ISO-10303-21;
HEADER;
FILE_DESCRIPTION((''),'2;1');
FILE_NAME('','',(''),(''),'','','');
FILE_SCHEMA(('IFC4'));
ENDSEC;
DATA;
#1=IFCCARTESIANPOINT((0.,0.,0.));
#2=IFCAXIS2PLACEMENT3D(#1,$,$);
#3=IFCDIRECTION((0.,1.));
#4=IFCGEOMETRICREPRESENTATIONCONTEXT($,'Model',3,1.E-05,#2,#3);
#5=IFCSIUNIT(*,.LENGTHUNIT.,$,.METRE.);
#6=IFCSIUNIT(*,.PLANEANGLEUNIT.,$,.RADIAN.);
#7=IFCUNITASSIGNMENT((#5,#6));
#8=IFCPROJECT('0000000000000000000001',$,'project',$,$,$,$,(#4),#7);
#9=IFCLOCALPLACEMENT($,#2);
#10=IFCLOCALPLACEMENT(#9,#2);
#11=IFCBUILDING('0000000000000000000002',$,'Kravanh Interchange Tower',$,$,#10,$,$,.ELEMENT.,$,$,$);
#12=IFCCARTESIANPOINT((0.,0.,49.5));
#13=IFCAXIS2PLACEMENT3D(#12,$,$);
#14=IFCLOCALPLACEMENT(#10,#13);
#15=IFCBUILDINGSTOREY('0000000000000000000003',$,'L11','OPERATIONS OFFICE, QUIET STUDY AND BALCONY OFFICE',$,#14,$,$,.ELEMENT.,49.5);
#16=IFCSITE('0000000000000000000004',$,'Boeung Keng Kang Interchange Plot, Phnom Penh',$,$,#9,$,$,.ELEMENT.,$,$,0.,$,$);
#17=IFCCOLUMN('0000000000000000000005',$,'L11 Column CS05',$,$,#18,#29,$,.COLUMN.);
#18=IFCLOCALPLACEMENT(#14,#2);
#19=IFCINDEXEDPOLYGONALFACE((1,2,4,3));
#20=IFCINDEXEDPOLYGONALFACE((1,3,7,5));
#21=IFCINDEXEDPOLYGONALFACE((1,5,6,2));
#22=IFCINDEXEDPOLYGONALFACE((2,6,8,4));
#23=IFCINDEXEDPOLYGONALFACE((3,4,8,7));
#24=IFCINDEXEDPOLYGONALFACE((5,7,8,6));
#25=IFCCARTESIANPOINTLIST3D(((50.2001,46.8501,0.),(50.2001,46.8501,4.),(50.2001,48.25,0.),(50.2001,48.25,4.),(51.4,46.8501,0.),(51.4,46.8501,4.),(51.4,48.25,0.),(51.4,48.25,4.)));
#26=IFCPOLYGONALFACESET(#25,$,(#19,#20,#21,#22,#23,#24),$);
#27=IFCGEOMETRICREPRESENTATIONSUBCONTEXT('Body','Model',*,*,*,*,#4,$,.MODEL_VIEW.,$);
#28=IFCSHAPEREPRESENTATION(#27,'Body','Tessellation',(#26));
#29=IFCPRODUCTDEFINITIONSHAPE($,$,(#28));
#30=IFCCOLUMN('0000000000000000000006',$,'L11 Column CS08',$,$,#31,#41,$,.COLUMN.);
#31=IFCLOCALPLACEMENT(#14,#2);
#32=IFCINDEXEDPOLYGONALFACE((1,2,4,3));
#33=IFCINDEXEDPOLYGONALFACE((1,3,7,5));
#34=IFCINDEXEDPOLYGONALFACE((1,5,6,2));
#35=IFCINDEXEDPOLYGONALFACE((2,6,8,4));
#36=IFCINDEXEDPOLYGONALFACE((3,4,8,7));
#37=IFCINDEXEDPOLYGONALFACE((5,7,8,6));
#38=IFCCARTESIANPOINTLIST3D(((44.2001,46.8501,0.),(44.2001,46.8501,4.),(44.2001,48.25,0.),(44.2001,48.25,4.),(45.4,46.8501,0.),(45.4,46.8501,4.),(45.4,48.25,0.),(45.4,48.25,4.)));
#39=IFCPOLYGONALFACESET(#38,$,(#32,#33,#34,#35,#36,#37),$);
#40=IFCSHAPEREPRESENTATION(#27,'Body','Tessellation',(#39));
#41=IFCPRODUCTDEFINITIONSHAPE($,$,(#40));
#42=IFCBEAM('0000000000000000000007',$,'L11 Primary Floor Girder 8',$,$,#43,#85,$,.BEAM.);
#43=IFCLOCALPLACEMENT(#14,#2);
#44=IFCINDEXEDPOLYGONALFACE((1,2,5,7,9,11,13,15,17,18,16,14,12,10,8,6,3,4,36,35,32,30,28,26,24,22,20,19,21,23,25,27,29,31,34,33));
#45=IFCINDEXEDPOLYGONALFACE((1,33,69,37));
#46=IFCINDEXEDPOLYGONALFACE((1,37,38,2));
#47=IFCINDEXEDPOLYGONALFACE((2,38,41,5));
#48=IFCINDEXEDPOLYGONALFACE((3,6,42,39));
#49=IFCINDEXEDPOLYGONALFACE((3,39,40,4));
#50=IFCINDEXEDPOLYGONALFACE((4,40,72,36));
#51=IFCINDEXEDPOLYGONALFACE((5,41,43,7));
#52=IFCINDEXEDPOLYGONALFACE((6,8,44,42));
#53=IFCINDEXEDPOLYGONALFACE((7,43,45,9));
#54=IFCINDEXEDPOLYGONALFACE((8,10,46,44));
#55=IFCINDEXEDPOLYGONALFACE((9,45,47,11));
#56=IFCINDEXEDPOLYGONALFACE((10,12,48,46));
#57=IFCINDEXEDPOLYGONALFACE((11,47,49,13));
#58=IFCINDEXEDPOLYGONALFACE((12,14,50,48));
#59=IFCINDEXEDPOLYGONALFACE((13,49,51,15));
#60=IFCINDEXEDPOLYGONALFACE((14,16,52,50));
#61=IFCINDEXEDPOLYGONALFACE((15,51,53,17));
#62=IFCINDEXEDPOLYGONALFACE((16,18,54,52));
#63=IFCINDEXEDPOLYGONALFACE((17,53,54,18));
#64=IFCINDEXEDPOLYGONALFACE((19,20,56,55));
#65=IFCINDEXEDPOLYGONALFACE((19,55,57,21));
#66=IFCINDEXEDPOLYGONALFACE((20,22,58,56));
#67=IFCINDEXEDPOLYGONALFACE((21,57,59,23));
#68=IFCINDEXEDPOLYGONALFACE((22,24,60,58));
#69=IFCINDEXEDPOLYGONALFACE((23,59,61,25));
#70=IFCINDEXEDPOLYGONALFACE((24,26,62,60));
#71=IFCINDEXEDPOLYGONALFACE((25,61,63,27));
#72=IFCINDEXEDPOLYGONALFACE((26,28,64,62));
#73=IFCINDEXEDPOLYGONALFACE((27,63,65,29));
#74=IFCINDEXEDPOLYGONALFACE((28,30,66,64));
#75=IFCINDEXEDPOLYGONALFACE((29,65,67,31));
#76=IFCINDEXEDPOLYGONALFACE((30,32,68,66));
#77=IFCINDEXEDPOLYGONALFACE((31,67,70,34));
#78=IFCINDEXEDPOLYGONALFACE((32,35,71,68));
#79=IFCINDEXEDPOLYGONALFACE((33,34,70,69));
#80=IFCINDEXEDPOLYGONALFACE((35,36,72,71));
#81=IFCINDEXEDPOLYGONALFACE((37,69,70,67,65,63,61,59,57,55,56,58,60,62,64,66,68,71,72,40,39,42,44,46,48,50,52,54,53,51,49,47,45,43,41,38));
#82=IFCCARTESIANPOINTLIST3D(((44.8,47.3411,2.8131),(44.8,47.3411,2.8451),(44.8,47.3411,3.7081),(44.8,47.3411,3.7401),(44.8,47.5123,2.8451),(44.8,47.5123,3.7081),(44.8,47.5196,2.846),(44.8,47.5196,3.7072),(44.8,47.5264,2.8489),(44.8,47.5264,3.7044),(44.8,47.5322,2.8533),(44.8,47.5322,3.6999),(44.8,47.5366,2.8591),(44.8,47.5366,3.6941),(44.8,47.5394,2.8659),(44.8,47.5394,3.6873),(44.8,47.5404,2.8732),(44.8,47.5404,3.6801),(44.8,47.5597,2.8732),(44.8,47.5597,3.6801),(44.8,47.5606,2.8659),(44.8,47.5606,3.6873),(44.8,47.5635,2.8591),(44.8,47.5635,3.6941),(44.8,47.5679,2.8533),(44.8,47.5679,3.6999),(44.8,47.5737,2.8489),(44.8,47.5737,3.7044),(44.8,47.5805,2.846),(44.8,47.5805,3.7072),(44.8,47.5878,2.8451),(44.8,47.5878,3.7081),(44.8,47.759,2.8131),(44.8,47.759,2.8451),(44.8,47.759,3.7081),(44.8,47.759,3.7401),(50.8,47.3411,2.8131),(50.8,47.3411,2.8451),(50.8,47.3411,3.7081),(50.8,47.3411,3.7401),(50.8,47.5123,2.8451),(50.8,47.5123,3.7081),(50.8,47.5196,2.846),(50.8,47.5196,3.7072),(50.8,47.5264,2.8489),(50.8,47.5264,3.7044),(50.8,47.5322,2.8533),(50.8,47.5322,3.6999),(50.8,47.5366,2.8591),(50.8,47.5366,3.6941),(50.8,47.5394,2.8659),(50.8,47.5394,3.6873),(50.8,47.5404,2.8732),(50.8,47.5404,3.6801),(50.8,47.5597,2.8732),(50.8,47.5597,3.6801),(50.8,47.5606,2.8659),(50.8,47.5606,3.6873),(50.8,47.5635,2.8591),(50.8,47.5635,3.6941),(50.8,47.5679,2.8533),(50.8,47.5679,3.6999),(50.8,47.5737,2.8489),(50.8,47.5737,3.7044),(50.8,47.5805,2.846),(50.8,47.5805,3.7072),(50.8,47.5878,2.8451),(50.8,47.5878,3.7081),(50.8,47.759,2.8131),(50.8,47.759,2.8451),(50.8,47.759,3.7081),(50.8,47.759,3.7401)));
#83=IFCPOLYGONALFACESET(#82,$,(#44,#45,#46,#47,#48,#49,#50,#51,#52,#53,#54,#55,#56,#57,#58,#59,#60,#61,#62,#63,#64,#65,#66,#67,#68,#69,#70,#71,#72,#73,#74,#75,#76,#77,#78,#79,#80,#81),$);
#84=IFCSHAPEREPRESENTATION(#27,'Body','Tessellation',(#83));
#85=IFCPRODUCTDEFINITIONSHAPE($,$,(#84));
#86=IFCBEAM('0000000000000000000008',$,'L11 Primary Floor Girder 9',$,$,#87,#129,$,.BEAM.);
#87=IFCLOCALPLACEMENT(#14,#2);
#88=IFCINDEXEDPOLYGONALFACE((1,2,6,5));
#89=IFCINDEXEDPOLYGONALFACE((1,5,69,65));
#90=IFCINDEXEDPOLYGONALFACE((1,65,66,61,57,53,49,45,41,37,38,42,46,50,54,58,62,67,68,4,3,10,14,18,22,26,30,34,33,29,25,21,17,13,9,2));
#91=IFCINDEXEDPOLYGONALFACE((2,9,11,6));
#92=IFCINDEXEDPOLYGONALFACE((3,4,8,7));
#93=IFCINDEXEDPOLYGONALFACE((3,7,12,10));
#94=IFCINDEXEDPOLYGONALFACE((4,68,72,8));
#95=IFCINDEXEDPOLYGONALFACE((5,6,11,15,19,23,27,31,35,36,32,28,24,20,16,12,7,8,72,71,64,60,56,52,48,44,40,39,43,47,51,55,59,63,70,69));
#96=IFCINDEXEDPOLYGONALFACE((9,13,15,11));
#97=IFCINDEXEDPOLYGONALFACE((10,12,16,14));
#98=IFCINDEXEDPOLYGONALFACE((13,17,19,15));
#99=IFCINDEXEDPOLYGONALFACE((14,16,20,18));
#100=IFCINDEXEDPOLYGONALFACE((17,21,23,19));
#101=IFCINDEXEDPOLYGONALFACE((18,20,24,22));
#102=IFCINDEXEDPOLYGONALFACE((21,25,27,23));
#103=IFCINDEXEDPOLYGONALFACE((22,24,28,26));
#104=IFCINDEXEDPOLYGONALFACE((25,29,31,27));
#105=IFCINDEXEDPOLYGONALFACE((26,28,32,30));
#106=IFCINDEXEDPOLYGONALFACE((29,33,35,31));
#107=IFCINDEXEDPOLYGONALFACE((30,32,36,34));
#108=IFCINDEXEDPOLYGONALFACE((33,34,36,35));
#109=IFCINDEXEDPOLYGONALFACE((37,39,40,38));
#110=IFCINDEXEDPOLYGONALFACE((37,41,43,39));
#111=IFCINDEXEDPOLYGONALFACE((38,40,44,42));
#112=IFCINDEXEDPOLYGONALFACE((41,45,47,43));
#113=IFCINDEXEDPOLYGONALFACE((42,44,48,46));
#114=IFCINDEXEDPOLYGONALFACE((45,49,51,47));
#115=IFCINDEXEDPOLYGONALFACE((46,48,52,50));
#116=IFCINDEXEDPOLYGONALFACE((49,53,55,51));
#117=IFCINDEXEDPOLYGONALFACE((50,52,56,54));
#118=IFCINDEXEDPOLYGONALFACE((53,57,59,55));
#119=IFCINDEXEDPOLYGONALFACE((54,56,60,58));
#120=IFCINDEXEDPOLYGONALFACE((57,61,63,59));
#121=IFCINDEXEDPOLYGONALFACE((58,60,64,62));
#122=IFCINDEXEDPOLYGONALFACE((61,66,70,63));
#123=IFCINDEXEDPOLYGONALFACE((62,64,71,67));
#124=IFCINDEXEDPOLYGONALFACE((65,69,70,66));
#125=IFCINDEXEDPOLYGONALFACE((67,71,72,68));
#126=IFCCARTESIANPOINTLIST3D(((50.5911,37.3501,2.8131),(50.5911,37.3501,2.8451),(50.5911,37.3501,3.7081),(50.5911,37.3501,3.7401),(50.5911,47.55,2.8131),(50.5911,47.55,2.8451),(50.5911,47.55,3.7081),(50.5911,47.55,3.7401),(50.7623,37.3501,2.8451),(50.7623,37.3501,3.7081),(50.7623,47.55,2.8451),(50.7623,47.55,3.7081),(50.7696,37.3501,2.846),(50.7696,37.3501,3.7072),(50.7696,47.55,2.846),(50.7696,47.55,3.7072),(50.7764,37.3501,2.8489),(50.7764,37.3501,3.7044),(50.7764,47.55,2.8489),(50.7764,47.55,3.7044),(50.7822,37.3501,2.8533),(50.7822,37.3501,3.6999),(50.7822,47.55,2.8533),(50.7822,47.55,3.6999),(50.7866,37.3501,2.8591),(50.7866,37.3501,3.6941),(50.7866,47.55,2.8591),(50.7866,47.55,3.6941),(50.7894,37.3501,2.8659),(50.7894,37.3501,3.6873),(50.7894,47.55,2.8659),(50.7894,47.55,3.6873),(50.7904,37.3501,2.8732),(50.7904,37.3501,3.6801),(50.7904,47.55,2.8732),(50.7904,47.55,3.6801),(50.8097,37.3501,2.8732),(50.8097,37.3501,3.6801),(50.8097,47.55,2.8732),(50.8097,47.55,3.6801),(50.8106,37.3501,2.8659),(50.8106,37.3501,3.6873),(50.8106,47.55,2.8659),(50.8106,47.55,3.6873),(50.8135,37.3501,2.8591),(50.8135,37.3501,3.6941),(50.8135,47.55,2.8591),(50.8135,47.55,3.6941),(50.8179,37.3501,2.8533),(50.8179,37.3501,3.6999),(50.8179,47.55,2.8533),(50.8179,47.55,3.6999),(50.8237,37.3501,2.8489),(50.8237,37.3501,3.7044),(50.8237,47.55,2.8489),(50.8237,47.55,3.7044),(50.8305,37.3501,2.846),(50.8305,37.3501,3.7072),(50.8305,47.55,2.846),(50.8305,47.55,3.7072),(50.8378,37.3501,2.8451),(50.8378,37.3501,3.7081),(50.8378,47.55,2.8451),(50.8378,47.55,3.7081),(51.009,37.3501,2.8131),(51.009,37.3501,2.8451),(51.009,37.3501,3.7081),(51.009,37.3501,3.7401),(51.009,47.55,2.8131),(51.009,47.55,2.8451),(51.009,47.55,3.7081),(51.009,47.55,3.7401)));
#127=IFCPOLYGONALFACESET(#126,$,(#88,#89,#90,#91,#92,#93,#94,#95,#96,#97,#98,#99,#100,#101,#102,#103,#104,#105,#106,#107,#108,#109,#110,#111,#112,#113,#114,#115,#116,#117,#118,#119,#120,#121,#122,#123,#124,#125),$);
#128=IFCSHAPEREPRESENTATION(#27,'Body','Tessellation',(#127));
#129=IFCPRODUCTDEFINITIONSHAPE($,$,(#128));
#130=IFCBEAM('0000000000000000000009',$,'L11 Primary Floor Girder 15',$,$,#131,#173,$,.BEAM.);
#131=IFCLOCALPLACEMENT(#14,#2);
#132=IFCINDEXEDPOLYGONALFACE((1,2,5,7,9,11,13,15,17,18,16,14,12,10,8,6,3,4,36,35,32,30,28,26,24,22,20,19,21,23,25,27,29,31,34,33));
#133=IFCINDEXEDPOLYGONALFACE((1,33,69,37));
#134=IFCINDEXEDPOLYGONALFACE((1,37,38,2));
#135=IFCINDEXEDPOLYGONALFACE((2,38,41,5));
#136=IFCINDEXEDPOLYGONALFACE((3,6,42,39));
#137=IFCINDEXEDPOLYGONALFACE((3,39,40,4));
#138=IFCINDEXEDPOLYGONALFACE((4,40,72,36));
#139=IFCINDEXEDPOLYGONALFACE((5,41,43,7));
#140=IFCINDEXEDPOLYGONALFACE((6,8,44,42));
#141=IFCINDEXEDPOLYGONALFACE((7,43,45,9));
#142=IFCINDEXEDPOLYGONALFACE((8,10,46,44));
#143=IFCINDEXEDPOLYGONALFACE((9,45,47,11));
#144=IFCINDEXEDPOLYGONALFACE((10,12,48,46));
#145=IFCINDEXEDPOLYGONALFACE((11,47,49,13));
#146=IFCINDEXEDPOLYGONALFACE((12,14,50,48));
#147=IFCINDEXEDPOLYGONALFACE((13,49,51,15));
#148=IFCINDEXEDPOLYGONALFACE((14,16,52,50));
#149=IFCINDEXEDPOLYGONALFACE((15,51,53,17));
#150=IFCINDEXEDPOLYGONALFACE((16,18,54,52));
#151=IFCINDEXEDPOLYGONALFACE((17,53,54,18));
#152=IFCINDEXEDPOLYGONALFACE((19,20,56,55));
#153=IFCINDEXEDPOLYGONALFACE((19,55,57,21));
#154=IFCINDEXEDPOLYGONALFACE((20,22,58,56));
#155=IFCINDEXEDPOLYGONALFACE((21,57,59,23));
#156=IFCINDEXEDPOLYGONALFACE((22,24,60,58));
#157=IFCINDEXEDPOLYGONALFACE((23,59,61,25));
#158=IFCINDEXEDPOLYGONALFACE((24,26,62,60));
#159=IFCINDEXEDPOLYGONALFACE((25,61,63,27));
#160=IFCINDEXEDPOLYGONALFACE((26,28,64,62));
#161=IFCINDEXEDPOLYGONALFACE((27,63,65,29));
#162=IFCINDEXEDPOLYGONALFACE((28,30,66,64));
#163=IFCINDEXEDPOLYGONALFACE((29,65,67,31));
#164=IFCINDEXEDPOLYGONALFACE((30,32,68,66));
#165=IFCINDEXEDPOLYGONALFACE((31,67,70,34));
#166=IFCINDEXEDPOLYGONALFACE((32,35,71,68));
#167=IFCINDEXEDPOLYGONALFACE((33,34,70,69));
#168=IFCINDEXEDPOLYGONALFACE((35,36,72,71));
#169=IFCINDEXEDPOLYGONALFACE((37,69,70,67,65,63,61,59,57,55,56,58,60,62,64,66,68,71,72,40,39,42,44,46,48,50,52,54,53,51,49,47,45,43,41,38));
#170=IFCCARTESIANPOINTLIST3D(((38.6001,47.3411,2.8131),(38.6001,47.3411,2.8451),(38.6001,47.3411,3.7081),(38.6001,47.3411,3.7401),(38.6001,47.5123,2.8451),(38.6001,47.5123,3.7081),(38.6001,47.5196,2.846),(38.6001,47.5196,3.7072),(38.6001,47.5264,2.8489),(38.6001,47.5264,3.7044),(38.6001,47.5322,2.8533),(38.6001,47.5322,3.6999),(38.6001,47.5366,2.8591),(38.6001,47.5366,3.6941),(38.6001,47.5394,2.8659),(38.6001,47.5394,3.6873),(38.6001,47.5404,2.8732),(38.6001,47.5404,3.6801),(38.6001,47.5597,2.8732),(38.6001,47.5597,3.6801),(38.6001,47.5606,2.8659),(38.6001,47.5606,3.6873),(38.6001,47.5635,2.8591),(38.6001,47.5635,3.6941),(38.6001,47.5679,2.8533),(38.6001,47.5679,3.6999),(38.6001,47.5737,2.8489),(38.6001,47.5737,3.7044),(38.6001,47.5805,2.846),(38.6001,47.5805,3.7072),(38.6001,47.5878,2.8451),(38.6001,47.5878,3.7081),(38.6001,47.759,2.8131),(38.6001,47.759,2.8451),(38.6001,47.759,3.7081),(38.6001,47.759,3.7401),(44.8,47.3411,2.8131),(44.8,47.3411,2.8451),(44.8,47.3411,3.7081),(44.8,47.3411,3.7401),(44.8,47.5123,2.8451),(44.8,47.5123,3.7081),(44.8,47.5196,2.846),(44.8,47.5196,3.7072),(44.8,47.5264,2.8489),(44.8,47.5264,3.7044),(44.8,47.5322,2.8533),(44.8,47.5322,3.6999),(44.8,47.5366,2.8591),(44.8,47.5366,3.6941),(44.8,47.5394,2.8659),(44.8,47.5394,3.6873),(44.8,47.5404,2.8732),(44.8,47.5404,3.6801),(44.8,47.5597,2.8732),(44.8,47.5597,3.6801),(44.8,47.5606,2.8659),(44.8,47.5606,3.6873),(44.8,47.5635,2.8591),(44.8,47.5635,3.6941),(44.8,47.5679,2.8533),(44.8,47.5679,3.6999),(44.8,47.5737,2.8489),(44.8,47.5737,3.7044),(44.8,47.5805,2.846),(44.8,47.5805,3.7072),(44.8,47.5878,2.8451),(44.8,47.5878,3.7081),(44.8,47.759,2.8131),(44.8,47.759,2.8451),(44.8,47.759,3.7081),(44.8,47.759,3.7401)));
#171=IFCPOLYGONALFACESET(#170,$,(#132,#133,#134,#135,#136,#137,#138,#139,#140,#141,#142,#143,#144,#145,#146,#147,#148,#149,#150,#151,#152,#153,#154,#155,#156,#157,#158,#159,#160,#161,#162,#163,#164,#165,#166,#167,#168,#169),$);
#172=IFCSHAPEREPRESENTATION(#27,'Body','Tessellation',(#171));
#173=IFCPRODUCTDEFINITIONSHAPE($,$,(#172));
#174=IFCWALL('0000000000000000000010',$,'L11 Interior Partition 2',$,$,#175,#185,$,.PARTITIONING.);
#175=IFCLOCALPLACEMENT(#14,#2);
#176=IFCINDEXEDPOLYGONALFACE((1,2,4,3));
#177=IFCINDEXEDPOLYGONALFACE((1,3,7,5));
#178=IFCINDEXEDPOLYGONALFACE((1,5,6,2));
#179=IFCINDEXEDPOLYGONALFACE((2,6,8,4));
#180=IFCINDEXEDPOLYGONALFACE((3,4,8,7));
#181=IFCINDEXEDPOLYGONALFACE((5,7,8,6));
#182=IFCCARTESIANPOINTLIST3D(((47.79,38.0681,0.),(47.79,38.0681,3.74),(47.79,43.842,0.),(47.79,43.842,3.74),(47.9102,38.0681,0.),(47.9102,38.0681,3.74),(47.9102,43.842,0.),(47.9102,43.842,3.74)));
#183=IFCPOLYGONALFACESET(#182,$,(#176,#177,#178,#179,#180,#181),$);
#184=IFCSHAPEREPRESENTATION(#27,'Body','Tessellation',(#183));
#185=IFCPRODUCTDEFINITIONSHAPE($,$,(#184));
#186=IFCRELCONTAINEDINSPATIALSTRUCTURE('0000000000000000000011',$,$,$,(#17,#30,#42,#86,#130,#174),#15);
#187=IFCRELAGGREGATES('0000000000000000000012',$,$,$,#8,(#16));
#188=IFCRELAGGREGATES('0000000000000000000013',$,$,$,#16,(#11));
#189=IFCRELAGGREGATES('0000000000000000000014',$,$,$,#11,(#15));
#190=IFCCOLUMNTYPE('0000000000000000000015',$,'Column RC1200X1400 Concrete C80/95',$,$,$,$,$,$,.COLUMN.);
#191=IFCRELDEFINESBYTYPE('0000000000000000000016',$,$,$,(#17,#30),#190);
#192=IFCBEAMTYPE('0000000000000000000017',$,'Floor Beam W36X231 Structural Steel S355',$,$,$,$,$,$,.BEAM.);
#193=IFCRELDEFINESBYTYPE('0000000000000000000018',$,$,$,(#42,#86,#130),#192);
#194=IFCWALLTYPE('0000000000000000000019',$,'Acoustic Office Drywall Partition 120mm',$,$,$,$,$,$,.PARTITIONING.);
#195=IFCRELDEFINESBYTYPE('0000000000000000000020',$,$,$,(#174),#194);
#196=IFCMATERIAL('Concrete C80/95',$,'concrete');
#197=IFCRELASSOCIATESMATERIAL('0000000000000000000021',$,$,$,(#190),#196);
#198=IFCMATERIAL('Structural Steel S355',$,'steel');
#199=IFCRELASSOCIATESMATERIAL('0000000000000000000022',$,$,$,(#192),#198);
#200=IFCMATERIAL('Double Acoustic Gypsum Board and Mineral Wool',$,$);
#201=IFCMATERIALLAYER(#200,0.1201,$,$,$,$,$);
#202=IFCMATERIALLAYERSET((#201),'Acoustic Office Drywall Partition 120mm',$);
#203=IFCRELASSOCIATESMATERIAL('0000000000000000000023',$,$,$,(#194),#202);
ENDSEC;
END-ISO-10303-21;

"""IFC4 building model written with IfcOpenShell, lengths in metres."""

from ifc_helpers import new_model, si_unit, direction, frame, frame_2d, origin, origin_2d, place, context, subcontext, project, spatial, rectangle, i_section, extrude, material, layer, layer_set, material_profile, profile_set, type_object, element, save


model = new_model("IFC4")

# Units and contexts
model_context = context("Model", 3, precision=1e-05, world=origin(), true_north=direction((0.0, 1.0)))
body_context = subcontext(model_context, "Body", "Model", "MODEL_VIEW")
ifc_project = project(units=[si_unit("LENGTHUNIT", "METRE"), si_unit("PLANEANGLEUNIT", "RADIAN")], contexts=[model_context])

# Site, building, storey
site_placement = place(None, origin())
site = spatial("IfcSite", under=ifc_project, at=site_placement, Name="Boeung Keng Kang Interchange Plot, Phnom Penh", CompositionType="ELEMENT", RefElevation=0.0)
building_placement = place(site_placement, origin())
building = spatial("IfcBuilding", under=site, at=building_placement, Name="Kravanh Interchange Tower", CompositionType="ELEMENT")
storey_placement = place(building_placement, frame((0.0, 0.0, 49.5)))
storey = spatial("IfcBuildingStorey", under=building, at=storey_placement, Name="L11", Description="OPERATIONS OFFICE, QUIET STUDY AND BALCONY OFFICE", CompositionType="ELEMENT", Elevation=49.5)

# Columns
ifc_material_1 = material(Name="Concrete C80/95", Category="concrete")
ifc_material_profile_1 = material_profile(ifc_material_1, rectangle(XDim=1.2, YDim=1.3999, at=origin_2d()), Name="RC1200X1400")
ifc_profile_set_1 = profile_set([ifc_material_profile_1], Name="Concrete C80/95")
column_type = type_object("IfcColumnType", Name="Column RC1200X1400 Concrete C80/95", PredefinedType="COLUMN", material=ifc_profile_set_1)
for number, where, z_axis, x_axis, name in (
    (1, (50.8, 47.55, 0.0), (0.0, 0.0, 1.0), (1.0, 0.0, 0.0), "L11 Column CS05"),
    (2, (44.8, 47.55, 0.0), (0.0, 0.0, 1.0), (1.0, 0.0, 0.0), "L11 Column CS08"),
):
    element("IfcColumn", number, at=place(storey_placement, frame(where, z_axis=z_axis, x_axis=x_axis)), inside=storey, type_object=column_type, Name=name, PredefinedType="COLUMN", context=body_context, shape_type="SweptSolid", body=[
        extrude(rectangle(XDim=1.2, YDim=1.3999, at=origin_2d()), origin(), (0.0, 0.0, 1.0), 4.0),
    ])

# Beams
ifc_material_2 = material(Name="Structural Steel S355", Category="steel")
ifc_material_profile_2 = material_profile(ifc_material_2, i_section(OverallWidth=0.418, OverallDepth=0.927, WebThickness=0.0193, FlangeThickness=0.032, FilletRadius=0.0281, at=origin_2d()), Name="W36X231")
ifc_profile_set_2 = profile_set([ifc_material_profile_2], Name="Structural Steel S355")
beam_type = type_object("IfcBeamType", Name="Floor Beam W36X231 Structural Steel S355", PredefinedType="BEAM", material=ifc_profile_set_2)
beam_1_placement = place(storey_placement, frame((50.8, 47.55, 3.2766), z_axis=(-1.0, 0.0, 0.0), x_axis=(0.0, -1.0, 0.0)))
element("IfcBeam", 3, at=beam_1_placement, inside=storey, type_object=beam_type, Name="L11 Primary Floor Girder 8", PredefinedType="BEAM", context=body_context, shape_type="SweptSolid", body=[
    extrude(i_section(OverallWidth=0.418, OverallDepth=0.927, WebThickness=0.0193, FlangeThickness=0.032, FilletRadius=0.0281, at=origin_2d()), origin(), (0.0, 0.0, 1.0), 6.0),
])
beam_2_placement = place(storey_placement, frame((50.8, 47.55, 3.2766), z_axis=(0.0, -1.0, 0.0), x_axis=(1.0, 0.0, 0.0)))
element("IfcBeam", 4, at=beam_2_placement, inside=storey, type_object=beam_type, Name="L11 Primary Floor Girder 9", PredefinedType="BEAM", context=body_context, shape_type="SweptSolid", body=[
    extrude(i_section(OverallWidth=0.418, OverallDepth=0.927, WebThickness=0.0193, FlangeThickness=0.032, FilletRadius=0.0281, at=origin_2d()), origin(), (0.0, 0.0, 1.0), 10.2),
])
beam_3_placement = place(storey_placement, frame((44.8, 47.55, 3.2766), z_axis=(-1.0, 0.0, 0.0), x_axis=(0.0, -1.0, 0.0)))
element("IfcBeam", 5, at=beam_3_placement, inside=storey, type_object=beam_type, Name="L11 Primary Floor Girder 15", PredefinedType="BEAM", context=body_context, shape_type="SweptSolid", body=[
    extrude(i_section(OverallWidth=0.418, OverallDepth=0.927, WebThickness=0.0193, FlangeThickness=0.032, FilletRadius=0.0281, at=origin_2d()), origin(), (0.0, 0.0, 1.0), 6.2),
])

# Wall
ifc_material_3 = material(Name="Double Acoustic Gypsum Board and Mineral Wool")
ifc_layer_1 = layer(ifc_material_3, 0.1201)
ifc_layer_set_1 = layer_set([ifc_layer_1], Name="Acoustic Office Drywall Partition 120mm")
wall_type_1 = type_object("IfcWallType", Name="Acoustic Office Drywall Partition 120mm", PredefinedType="PARTITIONING", material=ifc_layer_set_1)
wall_1_placement = place(storey_placement, frame((47.8501, 38.0681, 0.0), z_axis=(0.0, 0.0, 1.0), x_axis=(0.0, 1.0, 0.0)))
element("IfcWall", 6, at=wall_1_placement, inside=storey, type_object=wall_type_1, Name="L11 Interior Partition 2", PredefinedType="PARTITIONING", context=body_context, shape_type="SweptSolid", body=[
    extrude(rectangle(XDim=5.7739, YDim=0.1201, at=frame_2d((2.887, 0.0))), origin(), (0.0, 0.0, 1.0), 3.74),
])

save(model, "model.ifc")
